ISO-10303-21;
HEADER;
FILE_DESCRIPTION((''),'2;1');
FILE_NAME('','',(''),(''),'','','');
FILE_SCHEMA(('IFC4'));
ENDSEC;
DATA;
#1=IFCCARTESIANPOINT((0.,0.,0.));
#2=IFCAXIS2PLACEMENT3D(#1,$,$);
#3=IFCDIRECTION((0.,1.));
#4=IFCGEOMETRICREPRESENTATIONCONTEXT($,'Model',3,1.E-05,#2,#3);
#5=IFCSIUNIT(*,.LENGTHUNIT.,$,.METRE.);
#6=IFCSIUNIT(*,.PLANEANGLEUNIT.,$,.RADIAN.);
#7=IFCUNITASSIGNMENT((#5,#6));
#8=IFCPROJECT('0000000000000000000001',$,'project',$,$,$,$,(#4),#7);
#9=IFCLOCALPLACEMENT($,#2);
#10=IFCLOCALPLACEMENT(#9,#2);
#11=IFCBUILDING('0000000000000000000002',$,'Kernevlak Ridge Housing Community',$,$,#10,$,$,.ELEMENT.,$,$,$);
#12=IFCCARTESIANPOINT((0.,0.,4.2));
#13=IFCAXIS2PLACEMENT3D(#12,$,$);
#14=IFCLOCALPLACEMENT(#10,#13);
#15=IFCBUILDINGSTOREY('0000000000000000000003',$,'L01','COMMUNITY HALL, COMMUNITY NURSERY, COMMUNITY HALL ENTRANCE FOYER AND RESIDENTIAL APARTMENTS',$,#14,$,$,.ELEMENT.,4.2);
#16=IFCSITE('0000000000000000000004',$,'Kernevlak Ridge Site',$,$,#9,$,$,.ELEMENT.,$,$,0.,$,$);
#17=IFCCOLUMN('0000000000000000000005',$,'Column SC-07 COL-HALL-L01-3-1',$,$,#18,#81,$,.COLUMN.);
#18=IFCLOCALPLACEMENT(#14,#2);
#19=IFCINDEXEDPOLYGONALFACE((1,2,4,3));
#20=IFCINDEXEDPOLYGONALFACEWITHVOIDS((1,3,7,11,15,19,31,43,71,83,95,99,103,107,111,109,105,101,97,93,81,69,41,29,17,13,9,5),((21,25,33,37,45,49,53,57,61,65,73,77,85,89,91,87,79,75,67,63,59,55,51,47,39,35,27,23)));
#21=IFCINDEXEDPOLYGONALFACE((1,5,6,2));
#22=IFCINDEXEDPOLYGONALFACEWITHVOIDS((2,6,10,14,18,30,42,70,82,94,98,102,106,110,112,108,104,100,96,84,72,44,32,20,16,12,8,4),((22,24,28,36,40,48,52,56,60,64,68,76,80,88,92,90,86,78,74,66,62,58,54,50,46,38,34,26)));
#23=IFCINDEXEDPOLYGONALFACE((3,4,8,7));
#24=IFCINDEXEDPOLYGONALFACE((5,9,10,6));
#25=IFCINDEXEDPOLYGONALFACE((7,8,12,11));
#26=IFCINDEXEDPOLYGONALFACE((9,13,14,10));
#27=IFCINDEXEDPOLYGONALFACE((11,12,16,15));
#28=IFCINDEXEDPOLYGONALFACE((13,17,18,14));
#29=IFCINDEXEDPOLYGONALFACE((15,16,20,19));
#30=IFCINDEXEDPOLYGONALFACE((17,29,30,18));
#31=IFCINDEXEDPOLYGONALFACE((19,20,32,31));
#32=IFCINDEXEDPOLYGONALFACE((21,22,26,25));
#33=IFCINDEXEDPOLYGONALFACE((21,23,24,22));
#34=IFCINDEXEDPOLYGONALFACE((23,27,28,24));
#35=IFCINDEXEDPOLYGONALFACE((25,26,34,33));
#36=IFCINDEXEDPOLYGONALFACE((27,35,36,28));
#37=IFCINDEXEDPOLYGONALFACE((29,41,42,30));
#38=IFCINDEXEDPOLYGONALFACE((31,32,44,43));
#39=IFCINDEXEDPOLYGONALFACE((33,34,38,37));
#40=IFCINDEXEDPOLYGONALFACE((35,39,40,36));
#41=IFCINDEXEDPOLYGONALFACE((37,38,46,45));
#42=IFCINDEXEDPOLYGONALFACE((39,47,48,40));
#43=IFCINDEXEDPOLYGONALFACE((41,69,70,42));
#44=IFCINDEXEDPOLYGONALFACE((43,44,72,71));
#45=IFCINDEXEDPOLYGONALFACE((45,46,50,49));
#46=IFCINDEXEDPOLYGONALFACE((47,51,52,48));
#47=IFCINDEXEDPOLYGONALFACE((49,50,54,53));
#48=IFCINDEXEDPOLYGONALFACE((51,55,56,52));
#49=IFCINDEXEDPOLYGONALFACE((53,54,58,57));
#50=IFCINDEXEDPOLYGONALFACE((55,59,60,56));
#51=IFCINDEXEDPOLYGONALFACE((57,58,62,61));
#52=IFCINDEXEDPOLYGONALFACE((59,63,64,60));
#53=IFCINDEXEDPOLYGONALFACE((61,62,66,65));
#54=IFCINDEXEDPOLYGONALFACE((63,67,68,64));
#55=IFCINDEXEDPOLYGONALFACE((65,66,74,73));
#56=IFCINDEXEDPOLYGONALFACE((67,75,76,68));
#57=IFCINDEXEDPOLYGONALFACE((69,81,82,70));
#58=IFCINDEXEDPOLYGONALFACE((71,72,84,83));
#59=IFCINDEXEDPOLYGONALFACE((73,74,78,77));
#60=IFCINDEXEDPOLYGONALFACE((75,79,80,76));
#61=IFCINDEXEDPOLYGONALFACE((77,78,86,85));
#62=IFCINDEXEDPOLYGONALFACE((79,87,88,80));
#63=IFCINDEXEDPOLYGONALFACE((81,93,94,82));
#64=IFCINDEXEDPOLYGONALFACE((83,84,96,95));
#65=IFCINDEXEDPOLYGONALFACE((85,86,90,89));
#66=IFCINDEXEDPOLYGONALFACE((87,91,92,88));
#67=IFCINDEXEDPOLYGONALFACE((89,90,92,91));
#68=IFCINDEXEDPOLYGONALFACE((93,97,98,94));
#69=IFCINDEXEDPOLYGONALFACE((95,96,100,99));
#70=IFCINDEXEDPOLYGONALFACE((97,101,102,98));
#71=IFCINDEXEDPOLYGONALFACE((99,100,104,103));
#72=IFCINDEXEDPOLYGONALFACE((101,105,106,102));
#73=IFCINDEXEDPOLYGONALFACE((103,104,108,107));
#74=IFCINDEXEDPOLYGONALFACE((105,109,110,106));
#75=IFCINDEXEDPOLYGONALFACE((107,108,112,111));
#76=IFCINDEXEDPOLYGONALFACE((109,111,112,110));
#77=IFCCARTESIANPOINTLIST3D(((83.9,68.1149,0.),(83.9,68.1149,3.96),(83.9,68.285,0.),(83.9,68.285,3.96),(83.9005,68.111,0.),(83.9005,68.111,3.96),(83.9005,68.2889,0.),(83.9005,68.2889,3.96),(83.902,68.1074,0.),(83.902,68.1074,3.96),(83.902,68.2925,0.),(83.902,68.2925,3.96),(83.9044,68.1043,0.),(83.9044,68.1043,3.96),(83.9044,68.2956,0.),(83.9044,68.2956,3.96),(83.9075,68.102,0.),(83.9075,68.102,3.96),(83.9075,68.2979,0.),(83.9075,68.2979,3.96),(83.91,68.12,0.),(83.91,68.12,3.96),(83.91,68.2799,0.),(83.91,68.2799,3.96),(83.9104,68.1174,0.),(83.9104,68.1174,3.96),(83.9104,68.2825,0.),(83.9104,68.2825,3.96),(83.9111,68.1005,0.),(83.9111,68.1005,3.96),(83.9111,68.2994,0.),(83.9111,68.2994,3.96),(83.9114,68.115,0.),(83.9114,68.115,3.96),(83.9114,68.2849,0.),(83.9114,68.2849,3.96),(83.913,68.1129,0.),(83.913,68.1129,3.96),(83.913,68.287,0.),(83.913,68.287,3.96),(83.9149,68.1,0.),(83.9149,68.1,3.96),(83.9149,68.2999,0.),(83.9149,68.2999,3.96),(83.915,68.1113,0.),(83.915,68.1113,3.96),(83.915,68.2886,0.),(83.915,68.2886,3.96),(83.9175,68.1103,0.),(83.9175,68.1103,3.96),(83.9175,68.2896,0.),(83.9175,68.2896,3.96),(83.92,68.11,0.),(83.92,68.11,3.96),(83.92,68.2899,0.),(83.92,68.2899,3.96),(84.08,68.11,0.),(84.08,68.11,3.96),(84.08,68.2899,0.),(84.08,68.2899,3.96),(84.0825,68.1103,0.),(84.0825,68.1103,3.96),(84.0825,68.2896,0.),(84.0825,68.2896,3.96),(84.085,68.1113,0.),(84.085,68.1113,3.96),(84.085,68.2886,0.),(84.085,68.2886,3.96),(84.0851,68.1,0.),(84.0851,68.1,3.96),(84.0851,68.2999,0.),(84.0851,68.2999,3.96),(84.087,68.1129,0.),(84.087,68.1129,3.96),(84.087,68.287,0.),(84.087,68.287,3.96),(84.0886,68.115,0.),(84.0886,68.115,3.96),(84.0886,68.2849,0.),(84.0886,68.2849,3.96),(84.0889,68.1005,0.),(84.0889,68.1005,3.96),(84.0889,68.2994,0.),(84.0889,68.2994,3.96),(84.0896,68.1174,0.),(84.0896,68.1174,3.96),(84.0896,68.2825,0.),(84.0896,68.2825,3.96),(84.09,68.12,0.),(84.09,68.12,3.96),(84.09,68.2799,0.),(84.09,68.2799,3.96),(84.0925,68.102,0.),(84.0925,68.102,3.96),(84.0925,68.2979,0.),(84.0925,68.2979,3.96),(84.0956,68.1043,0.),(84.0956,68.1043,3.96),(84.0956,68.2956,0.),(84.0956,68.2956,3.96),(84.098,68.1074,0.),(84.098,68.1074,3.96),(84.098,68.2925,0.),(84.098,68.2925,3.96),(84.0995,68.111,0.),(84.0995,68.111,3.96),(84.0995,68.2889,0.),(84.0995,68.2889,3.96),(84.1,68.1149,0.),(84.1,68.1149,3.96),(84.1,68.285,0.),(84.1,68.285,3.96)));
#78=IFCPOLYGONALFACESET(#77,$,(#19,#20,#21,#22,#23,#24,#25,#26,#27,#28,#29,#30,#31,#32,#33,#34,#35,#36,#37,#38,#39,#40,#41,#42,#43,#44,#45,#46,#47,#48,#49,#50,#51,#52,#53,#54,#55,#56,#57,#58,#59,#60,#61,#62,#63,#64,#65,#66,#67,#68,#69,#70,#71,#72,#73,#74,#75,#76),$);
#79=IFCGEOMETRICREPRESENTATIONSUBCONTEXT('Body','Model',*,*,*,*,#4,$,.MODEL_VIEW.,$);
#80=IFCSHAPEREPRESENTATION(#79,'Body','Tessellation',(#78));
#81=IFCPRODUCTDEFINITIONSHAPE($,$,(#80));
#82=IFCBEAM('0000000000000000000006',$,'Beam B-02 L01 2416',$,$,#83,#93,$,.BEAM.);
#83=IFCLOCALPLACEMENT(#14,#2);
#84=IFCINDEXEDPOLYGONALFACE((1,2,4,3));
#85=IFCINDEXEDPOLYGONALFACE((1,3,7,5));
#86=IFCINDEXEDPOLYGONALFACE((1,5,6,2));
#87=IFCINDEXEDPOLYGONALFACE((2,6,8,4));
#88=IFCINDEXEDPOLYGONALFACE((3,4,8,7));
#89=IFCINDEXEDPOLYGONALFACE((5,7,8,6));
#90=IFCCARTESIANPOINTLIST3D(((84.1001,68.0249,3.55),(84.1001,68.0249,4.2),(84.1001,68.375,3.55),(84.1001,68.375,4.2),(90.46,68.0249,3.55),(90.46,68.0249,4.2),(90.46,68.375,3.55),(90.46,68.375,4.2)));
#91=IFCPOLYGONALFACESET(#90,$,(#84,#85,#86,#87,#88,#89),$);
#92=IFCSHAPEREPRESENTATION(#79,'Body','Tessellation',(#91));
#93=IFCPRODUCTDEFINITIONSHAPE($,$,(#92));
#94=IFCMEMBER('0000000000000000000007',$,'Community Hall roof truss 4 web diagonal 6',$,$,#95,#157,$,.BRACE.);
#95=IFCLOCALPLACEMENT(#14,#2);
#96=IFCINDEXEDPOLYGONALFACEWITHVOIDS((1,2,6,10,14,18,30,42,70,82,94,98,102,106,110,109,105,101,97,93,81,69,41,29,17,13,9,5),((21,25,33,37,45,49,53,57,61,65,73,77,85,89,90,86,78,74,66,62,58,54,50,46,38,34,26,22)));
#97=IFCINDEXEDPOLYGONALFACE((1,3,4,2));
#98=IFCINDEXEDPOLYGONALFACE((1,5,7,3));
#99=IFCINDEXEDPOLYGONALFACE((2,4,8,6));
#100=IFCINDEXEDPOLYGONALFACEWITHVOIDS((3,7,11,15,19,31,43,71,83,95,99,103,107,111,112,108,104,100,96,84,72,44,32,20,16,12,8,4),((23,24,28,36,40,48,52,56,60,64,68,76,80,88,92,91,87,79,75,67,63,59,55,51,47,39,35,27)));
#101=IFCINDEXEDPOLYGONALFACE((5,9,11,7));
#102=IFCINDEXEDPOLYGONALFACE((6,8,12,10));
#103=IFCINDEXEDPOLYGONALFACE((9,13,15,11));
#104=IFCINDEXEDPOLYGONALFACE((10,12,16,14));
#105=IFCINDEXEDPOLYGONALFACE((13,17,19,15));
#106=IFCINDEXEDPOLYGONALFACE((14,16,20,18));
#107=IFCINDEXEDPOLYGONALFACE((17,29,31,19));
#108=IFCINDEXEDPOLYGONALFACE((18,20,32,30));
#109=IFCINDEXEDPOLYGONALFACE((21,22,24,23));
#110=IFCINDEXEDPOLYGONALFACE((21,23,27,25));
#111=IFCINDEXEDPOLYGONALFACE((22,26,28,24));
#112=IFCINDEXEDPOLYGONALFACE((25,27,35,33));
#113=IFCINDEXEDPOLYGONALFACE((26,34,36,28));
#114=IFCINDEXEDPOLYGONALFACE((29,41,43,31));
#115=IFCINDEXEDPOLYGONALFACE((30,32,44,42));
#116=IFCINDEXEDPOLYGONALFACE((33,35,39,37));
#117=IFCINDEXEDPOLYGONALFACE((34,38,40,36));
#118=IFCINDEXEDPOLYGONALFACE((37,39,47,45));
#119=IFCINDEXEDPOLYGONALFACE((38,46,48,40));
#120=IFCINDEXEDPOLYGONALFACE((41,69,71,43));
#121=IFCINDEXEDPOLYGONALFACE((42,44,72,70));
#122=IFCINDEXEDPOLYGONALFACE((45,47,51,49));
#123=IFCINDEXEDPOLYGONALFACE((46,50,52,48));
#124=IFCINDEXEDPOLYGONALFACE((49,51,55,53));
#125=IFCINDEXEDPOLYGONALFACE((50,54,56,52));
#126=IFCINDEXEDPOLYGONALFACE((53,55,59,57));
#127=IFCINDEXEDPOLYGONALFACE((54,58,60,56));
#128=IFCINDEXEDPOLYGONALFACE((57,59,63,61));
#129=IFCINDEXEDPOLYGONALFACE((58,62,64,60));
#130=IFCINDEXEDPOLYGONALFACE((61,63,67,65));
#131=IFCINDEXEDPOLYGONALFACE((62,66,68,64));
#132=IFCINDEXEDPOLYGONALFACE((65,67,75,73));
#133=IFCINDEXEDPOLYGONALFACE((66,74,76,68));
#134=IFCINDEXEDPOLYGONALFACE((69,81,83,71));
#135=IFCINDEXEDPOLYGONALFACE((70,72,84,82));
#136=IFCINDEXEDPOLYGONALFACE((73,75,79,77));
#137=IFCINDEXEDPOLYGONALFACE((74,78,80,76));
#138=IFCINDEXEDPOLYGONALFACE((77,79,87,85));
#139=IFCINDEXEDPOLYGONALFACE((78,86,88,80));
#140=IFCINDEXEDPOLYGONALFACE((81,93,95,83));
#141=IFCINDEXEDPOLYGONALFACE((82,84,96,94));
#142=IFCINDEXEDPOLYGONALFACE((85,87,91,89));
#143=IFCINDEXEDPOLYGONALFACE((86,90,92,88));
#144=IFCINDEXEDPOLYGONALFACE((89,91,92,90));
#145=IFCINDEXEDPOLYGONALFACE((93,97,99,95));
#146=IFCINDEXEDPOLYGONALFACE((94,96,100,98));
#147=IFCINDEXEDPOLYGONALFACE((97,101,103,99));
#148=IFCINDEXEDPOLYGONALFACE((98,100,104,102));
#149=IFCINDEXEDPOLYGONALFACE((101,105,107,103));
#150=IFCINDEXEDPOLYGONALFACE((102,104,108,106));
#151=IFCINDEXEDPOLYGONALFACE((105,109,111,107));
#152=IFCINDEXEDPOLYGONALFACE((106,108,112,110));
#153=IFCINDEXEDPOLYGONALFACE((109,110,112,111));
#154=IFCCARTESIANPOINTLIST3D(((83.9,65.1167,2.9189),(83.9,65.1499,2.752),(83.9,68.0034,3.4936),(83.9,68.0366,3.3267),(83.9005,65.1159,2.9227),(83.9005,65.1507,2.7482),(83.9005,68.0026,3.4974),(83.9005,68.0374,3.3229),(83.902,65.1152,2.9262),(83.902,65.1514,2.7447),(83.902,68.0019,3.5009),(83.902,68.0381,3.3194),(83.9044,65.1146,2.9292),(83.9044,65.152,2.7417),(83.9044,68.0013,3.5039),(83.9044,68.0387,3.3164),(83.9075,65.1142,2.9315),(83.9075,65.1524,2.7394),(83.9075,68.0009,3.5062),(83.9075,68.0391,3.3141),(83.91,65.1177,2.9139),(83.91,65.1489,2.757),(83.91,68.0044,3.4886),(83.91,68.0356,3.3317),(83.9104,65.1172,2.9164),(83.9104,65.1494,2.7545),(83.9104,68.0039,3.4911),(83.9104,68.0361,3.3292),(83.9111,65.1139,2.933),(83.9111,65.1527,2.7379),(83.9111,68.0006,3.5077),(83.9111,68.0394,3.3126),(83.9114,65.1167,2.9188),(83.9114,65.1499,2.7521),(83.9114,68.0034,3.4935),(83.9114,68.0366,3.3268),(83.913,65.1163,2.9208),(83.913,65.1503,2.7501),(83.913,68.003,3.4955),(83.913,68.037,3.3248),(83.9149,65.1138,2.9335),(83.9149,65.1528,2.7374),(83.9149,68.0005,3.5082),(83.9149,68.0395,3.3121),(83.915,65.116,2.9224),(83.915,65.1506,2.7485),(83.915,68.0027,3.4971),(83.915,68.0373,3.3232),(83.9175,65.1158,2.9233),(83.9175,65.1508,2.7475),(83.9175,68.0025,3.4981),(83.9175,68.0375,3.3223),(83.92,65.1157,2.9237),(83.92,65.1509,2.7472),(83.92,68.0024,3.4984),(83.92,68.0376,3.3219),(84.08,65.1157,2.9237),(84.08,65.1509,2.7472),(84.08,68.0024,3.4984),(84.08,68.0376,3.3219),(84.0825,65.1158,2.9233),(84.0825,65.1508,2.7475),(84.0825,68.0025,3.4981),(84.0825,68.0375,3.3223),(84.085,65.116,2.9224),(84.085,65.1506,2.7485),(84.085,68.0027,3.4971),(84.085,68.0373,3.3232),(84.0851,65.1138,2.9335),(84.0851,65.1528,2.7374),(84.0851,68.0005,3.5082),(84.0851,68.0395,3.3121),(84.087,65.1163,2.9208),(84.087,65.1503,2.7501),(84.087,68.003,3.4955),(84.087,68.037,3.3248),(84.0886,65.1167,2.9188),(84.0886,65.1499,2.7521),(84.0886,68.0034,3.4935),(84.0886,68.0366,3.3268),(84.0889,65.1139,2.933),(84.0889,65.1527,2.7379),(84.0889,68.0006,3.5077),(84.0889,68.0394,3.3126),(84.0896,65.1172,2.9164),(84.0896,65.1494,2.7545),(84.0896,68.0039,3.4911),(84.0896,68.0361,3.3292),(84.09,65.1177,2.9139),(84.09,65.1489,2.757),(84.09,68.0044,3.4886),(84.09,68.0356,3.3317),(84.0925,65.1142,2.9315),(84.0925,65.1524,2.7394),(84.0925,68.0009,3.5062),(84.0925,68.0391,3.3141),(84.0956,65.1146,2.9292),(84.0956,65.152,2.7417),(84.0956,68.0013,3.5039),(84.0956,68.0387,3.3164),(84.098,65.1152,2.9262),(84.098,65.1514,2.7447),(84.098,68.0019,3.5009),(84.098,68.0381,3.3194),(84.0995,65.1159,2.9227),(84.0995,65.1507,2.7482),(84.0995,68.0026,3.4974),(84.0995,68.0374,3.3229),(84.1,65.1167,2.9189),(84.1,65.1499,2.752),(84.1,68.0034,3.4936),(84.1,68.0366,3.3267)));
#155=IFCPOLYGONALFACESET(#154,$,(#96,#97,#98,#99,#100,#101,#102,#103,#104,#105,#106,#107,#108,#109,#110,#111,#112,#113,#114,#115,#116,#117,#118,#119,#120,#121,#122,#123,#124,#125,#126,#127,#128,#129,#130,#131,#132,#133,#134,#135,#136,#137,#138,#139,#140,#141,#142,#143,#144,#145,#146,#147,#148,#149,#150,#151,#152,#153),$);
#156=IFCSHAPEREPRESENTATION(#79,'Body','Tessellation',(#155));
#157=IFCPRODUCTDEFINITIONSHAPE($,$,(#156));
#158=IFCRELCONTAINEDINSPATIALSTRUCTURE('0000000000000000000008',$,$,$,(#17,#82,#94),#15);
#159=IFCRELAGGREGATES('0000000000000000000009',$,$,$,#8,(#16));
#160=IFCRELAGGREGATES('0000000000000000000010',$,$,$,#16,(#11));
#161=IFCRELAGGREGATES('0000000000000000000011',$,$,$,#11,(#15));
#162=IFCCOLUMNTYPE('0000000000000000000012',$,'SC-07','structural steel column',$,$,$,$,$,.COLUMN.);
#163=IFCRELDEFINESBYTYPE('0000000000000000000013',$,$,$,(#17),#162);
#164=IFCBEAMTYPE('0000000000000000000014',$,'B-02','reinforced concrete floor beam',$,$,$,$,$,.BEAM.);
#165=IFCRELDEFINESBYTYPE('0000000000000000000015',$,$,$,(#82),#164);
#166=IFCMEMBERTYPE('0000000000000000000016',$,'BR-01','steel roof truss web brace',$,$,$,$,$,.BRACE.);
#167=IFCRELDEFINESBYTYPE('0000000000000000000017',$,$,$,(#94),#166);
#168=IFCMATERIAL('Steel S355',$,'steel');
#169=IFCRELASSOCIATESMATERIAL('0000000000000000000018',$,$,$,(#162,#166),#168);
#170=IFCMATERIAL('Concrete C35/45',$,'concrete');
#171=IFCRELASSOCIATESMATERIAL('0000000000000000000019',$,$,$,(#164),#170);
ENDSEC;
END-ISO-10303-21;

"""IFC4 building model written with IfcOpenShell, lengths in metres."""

from ifc_helpers import new_model, si_unit, direction, frame, origin, origin_2d, place, context, subcontext, project, spatial, rectangle, hollow_rectangle, extrude, material, material_profile, profile_set, type_object, element, save


model = new_model("IFC4")

# Units and contexts
model_context = context("Model", 3, precision=1e-05, world=origin(), true_north=direction((0.0, 1.0)))
body_context = subcontext(model_context, "Body", "Model", "MODEL_VIEW")
ifc_project = project(units=[si_unit("LENGTHUNIT", "METRE"), si_unit("PLANEANGLEUNIT", "RADIAN")], contexts=[model_context])

# Site, building, storey
site_placement = place(None, origin())
site = spatial("IfcSite", under=ifc_project, at=site_placement, Name="Kernevlak Ridge Site", CompositionType="ELEMENT", RefElevation=0.0)
building_placement = place(site_placement, origin())
building = spatial("IfcBuilding", under=site, at=building_placement, Name="Kernevlak Ridge Housing Community", CompositionType="ELEMENT")
storey_placement = place(building_placement, frame((0.0, 0.0, 4.2)))
storey = spatial("IfcBuildingStorey", under=building, at=storey_placement, Name="L01", Description="COMMUNITY HALL, COMMUNITY NURSERY, COMMUNITY HALL ENTRANCE FOYER AND RESIDENTIAL APARTMENTS", CompositionType="ELEMENT", Elevation=4.2)

# Column
ifc_material_1 = material(Name="Steel S355", Category="steel")
ifc_material_profile_1 = material_profile(ifc_material_1, hollow_rectangle(XDim=0.2, YDim=0.2, WallThickness=0.01, InnerFilletRadius=0.01, OuterFilletRadius=0.0149, at=origin_2d()), Name="SHS 200x200x10")
ifc_profile_set_1 = profile_set([ifc_material_profile_1], Name="Steel S355")
column_type = type_object("IfcColumnType", Name="SC-07", Description="structural steel column", PredefinedType="COLUMN", material=ifc_profile_set_1)
column_placement = place(storey_placement, frame((84.0, 68.2, 0.0), z_axis=(0.0, 0.0, 1.0), x_axis=(1.0, 0.0, 0.0)))
element("IfcColumn", 1, at=column_placement, inside=storey, type_object=column_type, Name="Column SC-07 COL-HALL-L01-3-1", PredefinedType="COLUMN", context=body_context, shape_type="SweptSolid", body=[
    extrude(hollow_rectangle(XDim=0.2, YDim=0.2, WallThickness=0.01, InnerFilletRadius=0.01, OuterFilletRadius=0.0149, at=origin_2d()), origin(), (0.0, 0.0, 1.0), 3.96),
])

# Beam
ifc_material_2 = material(Name="Concrete C35/45", Category="concrete")
ifc_material_profile_2 = material_profile(ifc_material_2, rectangle(XDim=0.3501, YDim=0.6499, at=origin_2d()), Name="RC 350x650")
ifc_profile_set_2 = profile_set([ifc_material_profile_2], Name="Concrete C35/45")
beam_type = type_object("IfcBeamType", Name="B-02", Description="reinforced concrete floor beam", PredefinedType="BEAM", material=ifc_profile_set_2)
beam_placement = place(storey_placement, frame((84.1001, 68.2, 3.875), z_axis=(1.0, 0.0, 0.0), x_axis=(0.0, 1.0, 0.0)))
element("IfcBeam", 2, at=beam_placement, inside=storey, type_object=beam_type, Name="Beam B-02 L01 2416", PredefinedType="BEAM", context=body_context, shape_type="SweptSolid", body=[
    extrude(rectangle(XDim=0.3501, YDim=0.6499, at=origin_2d()), origin(), (0.0, 0.0, 1.0), 6.3599),
])

# Member
ifc_material_profile_3 = material_profile(ifc_material_1, hollow_rectangle(XDim=0.2, YDim=0.2, WallThickness=0.01, InnerFilletRadius=0.01, OuterFilletRadius=0.0149, at=origin_2d()), Name="SHS 200x200x10")
ifc_profile_set_3 = profile_set([ifc_material_profile_3], Name="Steel S355")
member_type_1 = type_object("IfcMemberType", Name="BR-01", Description="steel roof truss web brace", PredefinedType="BRACE", material=ifc_profile_set_3)
member_1_placement = place(storey_placement, frame((84.0, 65.1333, 2.8354), z_axis=(0.0, 0.980753, 0.195255), x_axis=(-1.0, 0.0, 0.0)))
element("IfcMember", 3, at=member_1_placement, inside=storey, type_object=member_type_1, Name="Community Hall roof truss 4 web diagonal 6", PredefinedType="BRACE", context=body_context, shape_type="SweptSolid", body=[
    extrude(hollow_rectangle(XDim=0.2, YDim=0.2, WallThickness=0.01, InnerFilletRadius=0.01, OuterFilletRadius=0.0149, at=origin_2d()), origin(), (0.0, 0.0, 1.0), 2.9434),
])

save(model, "model.ifc")
